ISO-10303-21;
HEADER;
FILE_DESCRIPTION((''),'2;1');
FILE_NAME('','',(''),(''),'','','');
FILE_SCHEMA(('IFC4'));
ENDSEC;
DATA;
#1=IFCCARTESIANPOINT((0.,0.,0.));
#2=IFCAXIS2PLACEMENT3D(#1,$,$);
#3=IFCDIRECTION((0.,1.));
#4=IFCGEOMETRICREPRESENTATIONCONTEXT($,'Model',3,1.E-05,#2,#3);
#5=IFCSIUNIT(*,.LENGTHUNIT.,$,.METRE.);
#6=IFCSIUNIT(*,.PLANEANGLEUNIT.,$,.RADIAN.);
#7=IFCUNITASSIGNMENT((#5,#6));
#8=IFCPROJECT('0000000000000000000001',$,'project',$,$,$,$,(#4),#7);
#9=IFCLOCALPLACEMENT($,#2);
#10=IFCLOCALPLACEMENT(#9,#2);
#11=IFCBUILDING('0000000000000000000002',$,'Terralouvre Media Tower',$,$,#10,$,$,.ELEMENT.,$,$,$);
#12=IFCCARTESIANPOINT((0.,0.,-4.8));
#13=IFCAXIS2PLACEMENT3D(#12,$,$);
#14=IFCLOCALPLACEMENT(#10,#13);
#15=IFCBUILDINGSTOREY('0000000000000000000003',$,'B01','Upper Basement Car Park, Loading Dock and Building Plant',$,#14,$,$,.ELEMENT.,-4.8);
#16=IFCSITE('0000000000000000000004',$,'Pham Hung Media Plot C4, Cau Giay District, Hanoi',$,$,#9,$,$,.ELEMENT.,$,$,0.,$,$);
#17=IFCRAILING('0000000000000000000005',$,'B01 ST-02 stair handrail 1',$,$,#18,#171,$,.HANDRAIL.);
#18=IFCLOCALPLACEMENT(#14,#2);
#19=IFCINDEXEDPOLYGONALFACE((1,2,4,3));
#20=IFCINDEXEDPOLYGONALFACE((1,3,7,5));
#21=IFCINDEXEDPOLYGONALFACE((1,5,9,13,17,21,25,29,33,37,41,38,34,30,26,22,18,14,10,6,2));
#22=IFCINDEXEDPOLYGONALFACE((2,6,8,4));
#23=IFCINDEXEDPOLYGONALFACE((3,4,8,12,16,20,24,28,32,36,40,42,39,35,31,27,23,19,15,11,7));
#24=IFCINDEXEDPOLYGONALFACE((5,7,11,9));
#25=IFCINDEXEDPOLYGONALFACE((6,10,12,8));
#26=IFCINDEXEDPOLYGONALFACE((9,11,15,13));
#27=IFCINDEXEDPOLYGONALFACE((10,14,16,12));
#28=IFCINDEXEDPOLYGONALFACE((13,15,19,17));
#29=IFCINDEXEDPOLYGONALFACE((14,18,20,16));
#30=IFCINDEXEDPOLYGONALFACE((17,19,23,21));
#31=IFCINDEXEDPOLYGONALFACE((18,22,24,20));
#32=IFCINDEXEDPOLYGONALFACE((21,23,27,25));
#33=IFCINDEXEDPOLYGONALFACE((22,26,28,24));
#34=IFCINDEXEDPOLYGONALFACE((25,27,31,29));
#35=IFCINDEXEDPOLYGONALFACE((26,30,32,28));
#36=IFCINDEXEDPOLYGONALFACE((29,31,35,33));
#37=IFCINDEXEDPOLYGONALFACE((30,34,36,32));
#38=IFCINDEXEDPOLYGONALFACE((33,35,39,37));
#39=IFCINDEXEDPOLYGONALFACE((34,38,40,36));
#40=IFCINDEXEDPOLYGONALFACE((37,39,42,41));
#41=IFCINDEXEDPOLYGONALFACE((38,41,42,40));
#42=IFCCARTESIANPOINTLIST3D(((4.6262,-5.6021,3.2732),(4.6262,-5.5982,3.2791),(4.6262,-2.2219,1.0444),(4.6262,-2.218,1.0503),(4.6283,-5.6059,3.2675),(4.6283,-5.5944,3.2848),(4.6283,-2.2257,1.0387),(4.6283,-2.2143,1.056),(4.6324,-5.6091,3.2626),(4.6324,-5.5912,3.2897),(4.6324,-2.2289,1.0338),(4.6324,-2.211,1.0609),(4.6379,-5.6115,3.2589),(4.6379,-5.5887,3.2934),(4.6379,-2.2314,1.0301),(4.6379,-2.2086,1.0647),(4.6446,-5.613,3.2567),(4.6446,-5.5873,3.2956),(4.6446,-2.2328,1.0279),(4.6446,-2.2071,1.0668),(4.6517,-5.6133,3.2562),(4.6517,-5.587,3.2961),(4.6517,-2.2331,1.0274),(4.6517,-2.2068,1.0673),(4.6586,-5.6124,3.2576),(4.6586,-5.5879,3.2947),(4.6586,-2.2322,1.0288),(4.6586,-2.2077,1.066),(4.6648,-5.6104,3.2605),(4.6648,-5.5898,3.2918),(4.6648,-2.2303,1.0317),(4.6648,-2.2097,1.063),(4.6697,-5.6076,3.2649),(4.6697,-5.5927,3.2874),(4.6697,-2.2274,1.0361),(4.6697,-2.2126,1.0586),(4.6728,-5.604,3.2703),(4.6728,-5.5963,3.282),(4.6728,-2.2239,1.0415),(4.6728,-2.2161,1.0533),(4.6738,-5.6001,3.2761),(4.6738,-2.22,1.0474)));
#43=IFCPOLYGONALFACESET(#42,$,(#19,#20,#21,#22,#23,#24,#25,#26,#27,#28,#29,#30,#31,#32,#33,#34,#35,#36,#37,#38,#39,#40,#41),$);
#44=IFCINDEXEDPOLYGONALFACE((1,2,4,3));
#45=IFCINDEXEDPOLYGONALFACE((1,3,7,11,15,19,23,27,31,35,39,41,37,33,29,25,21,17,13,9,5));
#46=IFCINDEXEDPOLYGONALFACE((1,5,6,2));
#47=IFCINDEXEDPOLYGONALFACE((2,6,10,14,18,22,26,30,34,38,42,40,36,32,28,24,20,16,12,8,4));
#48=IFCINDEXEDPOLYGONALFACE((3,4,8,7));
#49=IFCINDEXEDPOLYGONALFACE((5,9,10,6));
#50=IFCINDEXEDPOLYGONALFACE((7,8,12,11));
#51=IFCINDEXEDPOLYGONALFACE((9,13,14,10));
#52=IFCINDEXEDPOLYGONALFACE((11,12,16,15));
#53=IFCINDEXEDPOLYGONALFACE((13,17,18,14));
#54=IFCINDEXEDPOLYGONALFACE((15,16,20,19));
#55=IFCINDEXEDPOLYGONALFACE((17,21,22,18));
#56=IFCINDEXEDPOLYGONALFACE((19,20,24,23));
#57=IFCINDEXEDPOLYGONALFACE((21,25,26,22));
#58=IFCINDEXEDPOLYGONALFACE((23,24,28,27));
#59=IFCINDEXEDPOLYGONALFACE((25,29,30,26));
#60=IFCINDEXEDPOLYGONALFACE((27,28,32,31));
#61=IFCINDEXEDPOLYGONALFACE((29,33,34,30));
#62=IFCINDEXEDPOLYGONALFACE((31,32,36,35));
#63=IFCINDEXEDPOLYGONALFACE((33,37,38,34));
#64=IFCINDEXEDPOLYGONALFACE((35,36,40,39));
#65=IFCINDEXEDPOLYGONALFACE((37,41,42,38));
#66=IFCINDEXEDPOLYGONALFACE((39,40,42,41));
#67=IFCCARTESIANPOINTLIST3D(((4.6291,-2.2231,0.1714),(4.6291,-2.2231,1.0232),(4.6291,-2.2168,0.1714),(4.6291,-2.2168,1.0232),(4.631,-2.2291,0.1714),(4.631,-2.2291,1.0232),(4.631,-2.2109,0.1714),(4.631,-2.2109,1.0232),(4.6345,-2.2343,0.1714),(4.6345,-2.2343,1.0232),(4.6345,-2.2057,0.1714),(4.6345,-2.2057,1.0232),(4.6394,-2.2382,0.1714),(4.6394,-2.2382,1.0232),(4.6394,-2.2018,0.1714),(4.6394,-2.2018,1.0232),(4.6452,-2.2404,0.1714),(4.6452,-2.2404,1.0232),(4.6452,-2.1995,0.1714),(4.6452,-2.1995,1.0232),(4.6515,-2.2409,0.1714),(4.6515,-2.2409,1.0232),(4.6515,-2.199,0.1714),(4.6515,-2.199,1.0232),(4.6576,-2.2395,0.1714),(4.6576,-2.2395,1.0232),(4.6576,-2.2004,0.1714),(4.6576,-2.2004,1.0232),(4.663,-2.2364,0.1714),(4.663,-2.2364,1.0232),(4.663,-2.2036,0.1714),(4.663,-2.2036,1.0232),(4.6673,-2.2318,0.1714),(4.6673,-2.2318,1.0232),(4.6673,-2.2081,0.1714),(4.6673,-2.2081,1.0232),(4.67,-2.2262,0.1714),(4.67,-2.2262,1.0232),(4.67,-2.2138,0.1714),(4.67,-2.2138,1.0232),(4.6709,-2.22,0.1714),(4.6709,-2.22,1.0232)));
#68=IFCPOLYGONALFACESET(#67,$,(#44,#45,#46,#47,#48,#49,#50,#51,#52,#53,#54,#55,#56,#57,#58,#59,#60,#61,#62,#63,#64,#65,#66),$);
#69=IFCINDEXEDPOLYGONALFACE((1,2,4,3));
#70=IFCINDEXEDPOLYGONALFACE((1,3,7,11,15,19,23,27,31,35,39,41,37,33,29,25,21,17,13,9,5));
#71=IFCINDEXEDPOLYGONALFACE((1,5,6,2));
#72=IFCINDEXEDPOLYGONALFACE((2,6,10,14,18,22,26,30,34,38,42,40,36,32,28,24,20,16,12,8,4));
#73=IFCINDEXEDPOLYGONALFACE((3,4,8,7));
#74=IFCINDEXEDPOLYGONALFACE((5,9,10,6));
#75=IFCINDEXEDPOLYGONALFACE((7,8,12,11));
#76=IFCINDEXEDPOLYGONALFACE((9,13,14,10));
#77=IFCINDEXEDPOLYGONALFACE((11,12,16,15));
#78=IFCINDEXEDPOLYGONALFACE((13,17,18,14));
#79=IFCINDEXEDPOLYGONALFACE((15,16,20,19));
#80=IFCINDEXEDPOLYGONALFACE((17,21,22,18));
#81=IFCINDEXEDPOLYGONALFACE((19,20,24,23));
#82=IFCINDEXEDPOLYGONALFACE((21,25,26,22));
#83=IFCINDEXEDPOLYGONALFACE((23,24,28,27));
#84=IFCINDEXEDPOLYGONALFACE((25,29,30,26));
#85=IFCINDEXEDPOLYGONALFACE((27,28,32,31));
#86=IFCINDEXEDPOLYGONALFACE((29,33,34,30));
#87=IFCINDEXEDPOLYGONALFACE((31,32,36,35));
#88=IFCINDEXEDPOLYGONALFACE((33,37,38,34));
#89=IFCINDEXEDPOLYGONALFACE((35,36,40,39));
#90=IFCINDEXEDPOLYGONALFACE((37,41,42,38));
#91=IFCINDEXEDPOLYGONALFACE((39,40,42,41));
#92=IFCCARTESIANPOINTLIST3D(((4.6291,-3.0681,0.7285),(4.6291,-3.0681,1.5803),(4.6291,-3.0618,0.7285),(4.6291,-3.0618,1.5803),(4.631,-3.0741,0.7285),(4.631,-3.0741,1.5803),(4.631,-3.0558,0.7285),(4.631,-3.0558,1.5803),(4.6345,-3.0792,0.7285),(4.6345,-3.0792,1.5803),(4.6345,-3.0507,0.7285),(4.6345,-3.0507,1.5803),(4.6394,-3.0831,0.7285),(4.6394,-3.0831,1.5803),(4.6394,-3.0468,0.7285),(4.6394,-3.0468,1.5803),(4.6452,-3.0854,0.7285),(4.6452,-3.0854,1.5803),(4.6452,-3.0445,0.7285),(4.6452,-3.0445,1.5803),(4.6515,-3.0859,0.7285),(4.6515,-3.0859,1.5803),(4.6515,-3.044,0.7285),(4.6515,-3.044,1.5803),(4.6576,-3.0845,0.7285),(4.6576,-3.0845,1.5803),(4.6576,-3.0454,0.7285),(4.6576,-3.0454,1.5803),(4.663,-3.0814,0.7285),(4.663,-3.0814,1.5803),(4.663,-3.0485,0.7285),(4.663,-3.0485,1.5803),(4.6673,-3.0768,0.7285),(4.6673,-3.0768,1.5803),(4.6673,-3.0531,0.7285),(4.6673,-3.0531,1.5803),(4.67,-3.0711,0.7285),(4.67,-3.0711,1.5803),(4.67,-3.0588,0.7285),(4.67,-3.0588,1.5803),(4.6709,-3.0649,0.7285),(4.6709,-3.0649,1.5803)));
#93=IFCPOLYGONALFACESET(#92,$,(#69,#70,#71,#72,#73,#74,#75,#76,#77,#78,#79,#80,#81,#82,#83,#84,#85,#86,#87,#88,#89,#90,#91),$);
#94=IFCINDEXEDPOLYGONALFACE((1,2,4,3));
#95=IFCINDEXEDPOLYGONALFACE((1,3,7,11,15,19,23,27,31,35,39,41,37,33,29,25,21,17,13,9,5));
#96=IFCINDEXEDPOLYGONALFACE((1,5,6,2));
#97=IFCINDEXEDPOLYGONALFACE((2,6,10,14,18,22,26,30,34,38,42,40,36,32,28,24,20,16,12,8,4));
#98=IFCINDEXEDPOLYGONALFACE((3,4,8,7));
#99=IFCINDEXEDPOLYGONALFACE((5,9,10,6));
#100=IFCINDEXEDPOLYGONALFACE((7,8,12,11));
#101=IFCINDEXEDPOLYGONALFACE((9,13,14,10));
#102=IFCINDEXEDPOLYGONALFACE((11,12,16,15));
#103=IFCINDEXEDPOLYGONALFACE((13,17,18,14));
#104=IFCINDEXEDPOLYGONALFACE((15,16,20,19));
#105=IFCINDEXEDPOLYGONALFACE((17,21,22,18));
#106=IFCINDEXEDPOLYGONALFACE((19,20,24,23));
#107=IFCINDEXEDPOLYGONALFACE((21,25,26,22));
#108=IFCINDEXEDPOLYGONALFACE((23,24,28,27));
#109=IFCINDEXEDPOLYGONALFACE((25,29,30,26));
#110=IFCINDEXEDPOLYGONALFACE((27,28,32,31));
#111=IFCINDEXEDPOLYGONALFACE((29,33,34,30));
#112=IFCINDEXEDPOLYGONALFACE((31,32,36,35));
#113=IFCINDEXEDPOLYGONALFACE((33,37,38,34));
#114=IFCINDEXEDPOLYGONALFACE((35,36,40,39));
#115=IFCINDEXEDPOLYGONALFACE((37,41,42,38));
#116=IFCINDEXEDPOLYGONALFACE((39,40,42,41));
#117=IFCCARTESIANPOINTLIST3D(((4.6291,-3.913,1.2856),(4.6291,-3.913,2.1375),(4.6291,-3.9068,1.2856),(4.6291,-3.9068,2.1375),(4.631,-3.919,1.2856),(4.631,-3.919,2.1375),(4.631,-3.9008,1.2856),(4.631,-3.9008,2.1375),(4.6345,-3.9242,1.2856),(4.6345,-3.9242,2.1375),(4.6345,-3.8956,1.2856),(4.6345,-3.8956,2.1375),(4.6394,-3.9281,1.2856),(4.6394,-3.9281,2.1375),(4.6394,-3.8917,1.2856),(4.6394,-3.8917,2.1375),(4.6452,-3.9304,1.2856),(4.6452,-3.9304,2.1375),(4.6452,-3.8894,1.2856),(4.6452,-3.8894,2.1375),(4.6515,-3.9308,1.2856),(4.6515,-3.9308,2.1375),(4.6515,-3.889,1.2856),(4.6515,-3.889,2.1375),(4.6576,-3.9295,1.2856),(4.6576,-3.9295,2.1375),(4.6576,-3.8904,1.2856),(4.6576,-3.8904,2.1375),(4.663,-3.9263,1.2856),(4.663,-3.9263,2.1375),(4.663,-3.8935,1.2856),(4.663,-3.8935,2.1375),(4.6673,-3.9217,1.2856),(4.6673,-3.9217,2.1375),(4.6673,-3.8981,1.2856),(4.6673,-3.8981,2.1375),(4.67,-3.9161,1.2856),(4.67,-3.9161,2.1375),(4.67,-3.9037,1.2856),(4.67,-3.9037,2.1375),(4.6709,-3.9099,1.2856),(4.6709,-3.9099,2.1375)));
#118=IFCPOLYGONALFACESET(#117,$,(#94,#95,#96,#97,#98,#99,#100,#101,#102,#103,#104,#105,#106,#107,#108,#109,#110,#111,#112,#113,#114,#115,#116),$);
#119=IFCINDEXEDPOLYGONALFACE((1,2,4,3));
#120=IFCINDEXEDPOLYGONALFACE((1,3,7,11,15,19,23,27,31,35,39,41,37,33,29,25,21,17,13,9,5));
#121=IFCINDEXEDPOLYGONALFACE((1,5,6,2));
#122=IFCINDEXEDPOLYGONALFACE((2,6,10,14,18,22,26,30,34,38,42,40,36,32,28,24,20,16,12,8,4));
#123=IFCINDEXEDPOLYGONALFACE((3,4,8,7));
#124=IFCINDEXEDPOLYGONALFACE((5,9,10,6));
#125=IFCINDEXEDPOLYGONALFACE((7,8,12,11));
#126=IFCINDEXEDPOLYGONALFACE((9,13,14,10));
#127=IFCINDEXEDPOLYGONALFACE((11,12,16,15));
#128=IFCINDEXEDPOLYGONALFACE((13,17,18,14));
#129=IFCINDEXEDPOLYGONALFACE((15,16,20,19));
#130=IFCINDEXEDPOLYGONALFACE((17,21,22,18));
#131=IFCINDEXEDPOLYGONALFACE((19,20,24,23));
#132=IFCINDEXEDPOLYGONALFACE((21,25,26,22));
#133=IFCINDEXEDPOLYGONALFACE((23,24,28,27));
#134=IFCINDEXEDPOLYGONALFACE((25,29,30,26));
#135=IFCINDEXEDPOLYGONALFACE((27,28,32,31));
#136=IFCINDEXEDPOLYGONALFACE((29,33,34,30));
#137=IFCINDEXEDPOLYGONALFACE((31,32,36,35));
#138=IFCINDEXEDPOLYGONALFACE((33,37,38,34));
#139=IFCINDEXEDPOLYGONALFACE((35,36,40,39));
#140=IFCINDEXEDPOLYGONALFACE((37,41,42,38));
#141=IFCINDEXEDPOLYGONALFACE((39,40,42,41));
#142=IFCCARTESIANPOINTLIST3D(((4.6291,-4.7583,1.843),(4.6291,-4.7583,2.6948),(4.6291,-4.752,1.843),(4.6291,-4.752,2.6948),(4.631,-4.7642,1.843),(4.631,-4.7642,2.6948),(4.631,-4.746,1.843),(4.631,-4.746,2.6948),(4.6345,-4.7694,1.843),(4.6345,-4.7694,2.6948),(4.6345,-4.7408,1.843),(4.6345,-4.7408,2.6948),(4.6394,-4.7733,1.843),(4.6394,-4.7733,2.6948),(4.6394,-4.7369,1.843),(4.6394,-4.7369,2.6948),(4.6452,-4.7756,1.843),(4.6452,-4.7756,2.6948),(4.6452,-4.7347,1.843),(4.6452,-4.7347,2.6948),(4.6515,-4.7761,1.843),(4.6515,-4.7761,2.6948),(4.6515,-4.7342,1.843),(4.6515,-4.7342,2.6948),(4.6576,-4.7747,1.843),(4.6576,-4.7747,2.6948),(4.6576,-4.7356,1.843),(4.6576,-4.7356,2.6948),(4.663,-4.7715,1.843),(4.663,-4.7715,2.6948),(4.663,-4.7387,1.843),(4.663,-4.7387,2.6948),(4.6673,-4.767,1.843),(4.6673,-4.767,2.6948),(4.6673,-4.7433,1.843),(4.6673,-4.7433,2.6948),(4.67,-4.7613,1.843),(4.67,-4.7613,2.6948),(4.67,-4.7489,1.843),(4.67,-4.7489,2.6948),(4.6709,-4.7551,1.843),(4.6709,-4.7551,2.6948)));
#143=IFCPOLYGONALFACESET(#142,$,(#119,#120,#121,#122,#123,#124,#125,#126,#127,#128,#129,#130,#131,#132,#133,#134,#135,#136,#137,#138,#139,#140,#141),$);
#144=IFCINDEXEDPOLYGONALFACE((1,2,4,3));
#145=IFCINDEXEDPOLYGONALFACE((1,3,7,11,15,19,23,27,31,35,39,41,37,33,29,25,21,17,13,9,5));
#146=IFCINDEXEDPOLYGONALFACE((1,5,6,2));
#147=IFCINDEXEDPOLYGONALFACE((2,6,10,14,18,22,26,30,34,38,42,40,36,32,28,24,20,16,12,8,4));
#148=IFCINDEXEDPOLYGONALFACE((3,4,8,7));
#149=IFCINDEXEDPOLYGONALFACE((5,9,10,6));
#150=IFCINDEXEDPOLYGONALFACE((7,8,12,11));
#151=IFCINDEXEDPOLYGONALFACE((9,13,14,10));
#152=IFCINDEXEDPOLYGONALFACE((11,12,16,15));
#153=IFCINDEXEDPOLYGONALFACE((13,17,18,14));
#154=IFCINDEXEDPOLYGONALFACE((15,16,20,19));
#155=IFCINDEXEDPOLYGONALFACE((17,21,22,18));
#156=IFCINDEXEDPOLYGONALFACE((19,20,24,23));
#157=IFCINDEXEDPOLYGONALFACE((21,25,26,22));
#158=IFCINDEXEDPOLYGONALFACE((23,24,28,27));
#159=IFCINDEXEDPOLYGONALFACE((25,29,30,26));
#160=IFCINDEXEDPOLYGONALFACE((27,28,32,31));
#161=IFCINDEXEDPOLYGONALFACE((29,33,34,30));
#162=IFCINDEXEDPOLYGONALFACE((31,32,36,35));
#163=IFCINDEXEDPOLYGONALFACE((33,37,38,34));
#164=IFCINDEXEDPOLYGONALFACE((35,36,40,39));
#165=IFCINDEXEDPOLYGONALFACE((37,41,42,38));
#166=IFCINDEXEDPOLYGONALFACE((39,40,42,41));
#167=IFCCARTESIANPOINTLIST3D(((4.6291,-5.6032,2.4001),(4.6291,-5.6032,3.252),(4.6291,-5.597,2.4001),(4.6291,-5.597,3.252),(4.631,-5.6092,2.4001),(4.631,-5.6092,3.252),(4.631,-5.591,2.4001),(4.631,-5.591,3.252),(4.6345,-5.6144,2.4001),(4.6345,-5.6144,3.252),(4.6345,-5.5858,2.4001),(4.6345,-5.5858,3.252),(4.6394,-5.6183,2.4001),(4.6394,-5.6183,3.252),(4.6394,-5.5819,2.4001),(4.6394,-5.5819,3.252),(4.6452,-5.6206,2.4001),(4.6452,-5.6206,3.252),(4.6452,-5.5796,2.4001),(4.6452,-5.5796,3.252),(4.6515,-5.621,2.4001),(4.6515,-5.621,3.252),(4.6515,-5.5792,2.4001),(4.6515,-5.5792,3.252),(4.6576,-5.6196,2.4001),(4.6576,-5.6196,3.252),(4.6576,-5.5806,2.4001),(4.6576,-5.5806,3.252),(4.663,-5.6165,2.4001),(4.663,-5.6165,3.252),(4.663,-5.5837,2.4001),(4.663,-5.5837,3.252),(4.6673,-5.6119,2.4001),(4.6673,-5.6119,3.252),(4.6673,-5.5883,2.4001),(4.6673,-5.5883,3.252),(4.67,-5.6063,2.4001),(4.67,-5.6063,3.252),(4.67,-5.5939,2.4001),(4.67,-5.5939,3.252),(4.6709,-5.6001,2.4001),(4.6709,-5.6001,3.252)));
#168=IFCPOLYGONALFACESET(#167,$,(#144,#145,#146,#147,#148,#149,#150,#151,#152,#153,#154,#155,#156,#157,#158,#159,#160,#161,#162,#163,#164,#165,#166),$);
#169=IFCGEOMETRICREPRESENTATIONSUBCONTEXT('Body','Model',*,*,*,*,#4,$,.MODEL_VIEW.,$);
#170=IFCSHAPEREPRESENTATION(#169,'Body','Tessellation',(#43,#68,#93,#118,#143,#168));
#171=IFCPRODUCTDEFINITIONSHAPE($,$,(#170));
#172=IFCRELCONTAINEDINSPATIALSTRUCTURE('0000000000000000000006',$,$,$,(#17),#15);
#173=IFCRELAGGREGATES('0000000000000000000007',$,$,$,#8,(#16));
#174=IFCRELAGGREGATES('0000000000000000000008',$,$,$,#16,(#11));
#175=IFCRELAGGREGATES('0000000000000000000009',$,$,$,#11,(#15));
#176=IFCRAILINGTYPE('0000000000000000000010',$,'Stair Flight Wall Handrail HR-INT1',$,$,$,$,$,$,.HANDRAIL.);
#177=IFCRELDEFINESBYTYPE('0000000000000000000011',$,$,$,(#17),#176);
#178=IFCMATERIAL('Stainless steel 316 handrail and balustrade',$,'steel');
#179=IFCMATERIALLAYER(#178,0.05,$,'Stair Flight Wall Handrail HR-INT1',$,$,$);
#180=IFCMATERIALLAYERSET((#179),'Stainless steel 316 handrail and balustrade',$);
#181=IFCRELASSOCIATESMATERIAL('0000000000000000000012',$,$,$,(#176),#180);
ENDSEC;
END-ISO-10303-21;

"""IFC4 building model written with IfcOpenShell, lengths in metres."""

from ifc_helpers import new_model, si_unit, direction, frame, origin, origin_2d, place, context, subcontext, project, spatial, circle, extrude, material, layer, layer_set, type_object, element, save


model = new_model("IFC4")

# Units and contexts
model_context = context("Model", 3, precision=1e-05, world=origin(), true_north=direction((0.0, 1.0)))
body_context = subcontext(model_context, "Body", "Model", "MODEL_VIEW")
ifc_project = project(units=[si_unit("LENGTHUNIT", "METRE"), si_unit("PLANEANGLEUNIT", "RADIAN")], contexts=[model_context])

# Site, building, storey
site_placement = place(None, origin())
site = spatial("IfcSite", under=ifc_project, at=site_placement, Name="Pham Hung Media Plot C4, Cau Giay District, Hanoi", CompositionType="ELEMENT", RefElevation=0.0)
building_placement = place(site_placement, origin())
building = spatial("IfcBuilding", under=site, at=building_placement, Name="Terralouvre Media Tower", CompositionType="ELEMENT")
storey_placement = place(building_placement, frame((0.0, 0.0, -4.8)))
storey = spatial("IfcBuildingStorey", under=building, at=storey_placement, Name="B01", Description="Upper Basement Car Park, Loading Dock and Building Plant", CompositionType="ELEMENT", Elevation=-4.8)

# Railing
ifc_material_1 = material(Name="Stainless steel 316 handrail and balustrade", Category="steel")
ifc_layer_1 = layer(ifc_material_1, 0.05, Name="Stair Flight Wall Handrail HR-INT1")
ifc_layer_set_1 = layer_set([ifc_layer_1], Name="Stainless steel 316 handrail and balustrade")
railing_type_1 = type_object("IfcRailingType", Name="Stair Flight Wall Handrail HR-INT1", PredefinedType="HANDRAIL", material=ifc_layer_set_1)
railing_1_placement = place(storey_placement, frame((4.6499, -2.22, 0.1714)))
element("IfcRailing", 1, at=railing_1_placement, inside=storey, type_object=railing_type_1, Name="B01 ST-02 stair handrail 1", PredefinedType="HANDRAIL", context=body_context, shape_type="SweptSolid", body=[
    extrude(circle(Radius=0.0239, at=origin_2d()), frame((0.0, 0.0, 0.876), z_axis=(0.0, -0.834851, 0.550477), x_axis=(1.0, 0.0, 0.0)), (0.0, 0.0, 1.0), 4.0488),
    extrude(circle(Radius=0.021, at=origin_2d()), origin(), (0.0, 0.0, 1.0), 0.8518),
    extrude(circle(Radius=0.021, at=origin_2d()), frame((0.0, -0.845, 0.5571)), (0.0, 0.0, 1.0), 0.8518),
    extrude(circle(Radius=0.021, at=origin_2d()), frame((0.0, -1.6899, 1.1143)), (0.0, 0.0, 1.0), 0.8518),
    extrude(circle(Radius=0.021, at=origin_2d()), frame((0.0, -2.5352, 1.6716)), (0.0, 0.0, 1.0), 0.8518),
    extrude(circle(Radius=0.021, at=origin_2d()), frame((0.0, -3.3801, 2.2288)), (0.0, 0.0, 1.0), 0.8518),
])

save(model, "model.ifc")
